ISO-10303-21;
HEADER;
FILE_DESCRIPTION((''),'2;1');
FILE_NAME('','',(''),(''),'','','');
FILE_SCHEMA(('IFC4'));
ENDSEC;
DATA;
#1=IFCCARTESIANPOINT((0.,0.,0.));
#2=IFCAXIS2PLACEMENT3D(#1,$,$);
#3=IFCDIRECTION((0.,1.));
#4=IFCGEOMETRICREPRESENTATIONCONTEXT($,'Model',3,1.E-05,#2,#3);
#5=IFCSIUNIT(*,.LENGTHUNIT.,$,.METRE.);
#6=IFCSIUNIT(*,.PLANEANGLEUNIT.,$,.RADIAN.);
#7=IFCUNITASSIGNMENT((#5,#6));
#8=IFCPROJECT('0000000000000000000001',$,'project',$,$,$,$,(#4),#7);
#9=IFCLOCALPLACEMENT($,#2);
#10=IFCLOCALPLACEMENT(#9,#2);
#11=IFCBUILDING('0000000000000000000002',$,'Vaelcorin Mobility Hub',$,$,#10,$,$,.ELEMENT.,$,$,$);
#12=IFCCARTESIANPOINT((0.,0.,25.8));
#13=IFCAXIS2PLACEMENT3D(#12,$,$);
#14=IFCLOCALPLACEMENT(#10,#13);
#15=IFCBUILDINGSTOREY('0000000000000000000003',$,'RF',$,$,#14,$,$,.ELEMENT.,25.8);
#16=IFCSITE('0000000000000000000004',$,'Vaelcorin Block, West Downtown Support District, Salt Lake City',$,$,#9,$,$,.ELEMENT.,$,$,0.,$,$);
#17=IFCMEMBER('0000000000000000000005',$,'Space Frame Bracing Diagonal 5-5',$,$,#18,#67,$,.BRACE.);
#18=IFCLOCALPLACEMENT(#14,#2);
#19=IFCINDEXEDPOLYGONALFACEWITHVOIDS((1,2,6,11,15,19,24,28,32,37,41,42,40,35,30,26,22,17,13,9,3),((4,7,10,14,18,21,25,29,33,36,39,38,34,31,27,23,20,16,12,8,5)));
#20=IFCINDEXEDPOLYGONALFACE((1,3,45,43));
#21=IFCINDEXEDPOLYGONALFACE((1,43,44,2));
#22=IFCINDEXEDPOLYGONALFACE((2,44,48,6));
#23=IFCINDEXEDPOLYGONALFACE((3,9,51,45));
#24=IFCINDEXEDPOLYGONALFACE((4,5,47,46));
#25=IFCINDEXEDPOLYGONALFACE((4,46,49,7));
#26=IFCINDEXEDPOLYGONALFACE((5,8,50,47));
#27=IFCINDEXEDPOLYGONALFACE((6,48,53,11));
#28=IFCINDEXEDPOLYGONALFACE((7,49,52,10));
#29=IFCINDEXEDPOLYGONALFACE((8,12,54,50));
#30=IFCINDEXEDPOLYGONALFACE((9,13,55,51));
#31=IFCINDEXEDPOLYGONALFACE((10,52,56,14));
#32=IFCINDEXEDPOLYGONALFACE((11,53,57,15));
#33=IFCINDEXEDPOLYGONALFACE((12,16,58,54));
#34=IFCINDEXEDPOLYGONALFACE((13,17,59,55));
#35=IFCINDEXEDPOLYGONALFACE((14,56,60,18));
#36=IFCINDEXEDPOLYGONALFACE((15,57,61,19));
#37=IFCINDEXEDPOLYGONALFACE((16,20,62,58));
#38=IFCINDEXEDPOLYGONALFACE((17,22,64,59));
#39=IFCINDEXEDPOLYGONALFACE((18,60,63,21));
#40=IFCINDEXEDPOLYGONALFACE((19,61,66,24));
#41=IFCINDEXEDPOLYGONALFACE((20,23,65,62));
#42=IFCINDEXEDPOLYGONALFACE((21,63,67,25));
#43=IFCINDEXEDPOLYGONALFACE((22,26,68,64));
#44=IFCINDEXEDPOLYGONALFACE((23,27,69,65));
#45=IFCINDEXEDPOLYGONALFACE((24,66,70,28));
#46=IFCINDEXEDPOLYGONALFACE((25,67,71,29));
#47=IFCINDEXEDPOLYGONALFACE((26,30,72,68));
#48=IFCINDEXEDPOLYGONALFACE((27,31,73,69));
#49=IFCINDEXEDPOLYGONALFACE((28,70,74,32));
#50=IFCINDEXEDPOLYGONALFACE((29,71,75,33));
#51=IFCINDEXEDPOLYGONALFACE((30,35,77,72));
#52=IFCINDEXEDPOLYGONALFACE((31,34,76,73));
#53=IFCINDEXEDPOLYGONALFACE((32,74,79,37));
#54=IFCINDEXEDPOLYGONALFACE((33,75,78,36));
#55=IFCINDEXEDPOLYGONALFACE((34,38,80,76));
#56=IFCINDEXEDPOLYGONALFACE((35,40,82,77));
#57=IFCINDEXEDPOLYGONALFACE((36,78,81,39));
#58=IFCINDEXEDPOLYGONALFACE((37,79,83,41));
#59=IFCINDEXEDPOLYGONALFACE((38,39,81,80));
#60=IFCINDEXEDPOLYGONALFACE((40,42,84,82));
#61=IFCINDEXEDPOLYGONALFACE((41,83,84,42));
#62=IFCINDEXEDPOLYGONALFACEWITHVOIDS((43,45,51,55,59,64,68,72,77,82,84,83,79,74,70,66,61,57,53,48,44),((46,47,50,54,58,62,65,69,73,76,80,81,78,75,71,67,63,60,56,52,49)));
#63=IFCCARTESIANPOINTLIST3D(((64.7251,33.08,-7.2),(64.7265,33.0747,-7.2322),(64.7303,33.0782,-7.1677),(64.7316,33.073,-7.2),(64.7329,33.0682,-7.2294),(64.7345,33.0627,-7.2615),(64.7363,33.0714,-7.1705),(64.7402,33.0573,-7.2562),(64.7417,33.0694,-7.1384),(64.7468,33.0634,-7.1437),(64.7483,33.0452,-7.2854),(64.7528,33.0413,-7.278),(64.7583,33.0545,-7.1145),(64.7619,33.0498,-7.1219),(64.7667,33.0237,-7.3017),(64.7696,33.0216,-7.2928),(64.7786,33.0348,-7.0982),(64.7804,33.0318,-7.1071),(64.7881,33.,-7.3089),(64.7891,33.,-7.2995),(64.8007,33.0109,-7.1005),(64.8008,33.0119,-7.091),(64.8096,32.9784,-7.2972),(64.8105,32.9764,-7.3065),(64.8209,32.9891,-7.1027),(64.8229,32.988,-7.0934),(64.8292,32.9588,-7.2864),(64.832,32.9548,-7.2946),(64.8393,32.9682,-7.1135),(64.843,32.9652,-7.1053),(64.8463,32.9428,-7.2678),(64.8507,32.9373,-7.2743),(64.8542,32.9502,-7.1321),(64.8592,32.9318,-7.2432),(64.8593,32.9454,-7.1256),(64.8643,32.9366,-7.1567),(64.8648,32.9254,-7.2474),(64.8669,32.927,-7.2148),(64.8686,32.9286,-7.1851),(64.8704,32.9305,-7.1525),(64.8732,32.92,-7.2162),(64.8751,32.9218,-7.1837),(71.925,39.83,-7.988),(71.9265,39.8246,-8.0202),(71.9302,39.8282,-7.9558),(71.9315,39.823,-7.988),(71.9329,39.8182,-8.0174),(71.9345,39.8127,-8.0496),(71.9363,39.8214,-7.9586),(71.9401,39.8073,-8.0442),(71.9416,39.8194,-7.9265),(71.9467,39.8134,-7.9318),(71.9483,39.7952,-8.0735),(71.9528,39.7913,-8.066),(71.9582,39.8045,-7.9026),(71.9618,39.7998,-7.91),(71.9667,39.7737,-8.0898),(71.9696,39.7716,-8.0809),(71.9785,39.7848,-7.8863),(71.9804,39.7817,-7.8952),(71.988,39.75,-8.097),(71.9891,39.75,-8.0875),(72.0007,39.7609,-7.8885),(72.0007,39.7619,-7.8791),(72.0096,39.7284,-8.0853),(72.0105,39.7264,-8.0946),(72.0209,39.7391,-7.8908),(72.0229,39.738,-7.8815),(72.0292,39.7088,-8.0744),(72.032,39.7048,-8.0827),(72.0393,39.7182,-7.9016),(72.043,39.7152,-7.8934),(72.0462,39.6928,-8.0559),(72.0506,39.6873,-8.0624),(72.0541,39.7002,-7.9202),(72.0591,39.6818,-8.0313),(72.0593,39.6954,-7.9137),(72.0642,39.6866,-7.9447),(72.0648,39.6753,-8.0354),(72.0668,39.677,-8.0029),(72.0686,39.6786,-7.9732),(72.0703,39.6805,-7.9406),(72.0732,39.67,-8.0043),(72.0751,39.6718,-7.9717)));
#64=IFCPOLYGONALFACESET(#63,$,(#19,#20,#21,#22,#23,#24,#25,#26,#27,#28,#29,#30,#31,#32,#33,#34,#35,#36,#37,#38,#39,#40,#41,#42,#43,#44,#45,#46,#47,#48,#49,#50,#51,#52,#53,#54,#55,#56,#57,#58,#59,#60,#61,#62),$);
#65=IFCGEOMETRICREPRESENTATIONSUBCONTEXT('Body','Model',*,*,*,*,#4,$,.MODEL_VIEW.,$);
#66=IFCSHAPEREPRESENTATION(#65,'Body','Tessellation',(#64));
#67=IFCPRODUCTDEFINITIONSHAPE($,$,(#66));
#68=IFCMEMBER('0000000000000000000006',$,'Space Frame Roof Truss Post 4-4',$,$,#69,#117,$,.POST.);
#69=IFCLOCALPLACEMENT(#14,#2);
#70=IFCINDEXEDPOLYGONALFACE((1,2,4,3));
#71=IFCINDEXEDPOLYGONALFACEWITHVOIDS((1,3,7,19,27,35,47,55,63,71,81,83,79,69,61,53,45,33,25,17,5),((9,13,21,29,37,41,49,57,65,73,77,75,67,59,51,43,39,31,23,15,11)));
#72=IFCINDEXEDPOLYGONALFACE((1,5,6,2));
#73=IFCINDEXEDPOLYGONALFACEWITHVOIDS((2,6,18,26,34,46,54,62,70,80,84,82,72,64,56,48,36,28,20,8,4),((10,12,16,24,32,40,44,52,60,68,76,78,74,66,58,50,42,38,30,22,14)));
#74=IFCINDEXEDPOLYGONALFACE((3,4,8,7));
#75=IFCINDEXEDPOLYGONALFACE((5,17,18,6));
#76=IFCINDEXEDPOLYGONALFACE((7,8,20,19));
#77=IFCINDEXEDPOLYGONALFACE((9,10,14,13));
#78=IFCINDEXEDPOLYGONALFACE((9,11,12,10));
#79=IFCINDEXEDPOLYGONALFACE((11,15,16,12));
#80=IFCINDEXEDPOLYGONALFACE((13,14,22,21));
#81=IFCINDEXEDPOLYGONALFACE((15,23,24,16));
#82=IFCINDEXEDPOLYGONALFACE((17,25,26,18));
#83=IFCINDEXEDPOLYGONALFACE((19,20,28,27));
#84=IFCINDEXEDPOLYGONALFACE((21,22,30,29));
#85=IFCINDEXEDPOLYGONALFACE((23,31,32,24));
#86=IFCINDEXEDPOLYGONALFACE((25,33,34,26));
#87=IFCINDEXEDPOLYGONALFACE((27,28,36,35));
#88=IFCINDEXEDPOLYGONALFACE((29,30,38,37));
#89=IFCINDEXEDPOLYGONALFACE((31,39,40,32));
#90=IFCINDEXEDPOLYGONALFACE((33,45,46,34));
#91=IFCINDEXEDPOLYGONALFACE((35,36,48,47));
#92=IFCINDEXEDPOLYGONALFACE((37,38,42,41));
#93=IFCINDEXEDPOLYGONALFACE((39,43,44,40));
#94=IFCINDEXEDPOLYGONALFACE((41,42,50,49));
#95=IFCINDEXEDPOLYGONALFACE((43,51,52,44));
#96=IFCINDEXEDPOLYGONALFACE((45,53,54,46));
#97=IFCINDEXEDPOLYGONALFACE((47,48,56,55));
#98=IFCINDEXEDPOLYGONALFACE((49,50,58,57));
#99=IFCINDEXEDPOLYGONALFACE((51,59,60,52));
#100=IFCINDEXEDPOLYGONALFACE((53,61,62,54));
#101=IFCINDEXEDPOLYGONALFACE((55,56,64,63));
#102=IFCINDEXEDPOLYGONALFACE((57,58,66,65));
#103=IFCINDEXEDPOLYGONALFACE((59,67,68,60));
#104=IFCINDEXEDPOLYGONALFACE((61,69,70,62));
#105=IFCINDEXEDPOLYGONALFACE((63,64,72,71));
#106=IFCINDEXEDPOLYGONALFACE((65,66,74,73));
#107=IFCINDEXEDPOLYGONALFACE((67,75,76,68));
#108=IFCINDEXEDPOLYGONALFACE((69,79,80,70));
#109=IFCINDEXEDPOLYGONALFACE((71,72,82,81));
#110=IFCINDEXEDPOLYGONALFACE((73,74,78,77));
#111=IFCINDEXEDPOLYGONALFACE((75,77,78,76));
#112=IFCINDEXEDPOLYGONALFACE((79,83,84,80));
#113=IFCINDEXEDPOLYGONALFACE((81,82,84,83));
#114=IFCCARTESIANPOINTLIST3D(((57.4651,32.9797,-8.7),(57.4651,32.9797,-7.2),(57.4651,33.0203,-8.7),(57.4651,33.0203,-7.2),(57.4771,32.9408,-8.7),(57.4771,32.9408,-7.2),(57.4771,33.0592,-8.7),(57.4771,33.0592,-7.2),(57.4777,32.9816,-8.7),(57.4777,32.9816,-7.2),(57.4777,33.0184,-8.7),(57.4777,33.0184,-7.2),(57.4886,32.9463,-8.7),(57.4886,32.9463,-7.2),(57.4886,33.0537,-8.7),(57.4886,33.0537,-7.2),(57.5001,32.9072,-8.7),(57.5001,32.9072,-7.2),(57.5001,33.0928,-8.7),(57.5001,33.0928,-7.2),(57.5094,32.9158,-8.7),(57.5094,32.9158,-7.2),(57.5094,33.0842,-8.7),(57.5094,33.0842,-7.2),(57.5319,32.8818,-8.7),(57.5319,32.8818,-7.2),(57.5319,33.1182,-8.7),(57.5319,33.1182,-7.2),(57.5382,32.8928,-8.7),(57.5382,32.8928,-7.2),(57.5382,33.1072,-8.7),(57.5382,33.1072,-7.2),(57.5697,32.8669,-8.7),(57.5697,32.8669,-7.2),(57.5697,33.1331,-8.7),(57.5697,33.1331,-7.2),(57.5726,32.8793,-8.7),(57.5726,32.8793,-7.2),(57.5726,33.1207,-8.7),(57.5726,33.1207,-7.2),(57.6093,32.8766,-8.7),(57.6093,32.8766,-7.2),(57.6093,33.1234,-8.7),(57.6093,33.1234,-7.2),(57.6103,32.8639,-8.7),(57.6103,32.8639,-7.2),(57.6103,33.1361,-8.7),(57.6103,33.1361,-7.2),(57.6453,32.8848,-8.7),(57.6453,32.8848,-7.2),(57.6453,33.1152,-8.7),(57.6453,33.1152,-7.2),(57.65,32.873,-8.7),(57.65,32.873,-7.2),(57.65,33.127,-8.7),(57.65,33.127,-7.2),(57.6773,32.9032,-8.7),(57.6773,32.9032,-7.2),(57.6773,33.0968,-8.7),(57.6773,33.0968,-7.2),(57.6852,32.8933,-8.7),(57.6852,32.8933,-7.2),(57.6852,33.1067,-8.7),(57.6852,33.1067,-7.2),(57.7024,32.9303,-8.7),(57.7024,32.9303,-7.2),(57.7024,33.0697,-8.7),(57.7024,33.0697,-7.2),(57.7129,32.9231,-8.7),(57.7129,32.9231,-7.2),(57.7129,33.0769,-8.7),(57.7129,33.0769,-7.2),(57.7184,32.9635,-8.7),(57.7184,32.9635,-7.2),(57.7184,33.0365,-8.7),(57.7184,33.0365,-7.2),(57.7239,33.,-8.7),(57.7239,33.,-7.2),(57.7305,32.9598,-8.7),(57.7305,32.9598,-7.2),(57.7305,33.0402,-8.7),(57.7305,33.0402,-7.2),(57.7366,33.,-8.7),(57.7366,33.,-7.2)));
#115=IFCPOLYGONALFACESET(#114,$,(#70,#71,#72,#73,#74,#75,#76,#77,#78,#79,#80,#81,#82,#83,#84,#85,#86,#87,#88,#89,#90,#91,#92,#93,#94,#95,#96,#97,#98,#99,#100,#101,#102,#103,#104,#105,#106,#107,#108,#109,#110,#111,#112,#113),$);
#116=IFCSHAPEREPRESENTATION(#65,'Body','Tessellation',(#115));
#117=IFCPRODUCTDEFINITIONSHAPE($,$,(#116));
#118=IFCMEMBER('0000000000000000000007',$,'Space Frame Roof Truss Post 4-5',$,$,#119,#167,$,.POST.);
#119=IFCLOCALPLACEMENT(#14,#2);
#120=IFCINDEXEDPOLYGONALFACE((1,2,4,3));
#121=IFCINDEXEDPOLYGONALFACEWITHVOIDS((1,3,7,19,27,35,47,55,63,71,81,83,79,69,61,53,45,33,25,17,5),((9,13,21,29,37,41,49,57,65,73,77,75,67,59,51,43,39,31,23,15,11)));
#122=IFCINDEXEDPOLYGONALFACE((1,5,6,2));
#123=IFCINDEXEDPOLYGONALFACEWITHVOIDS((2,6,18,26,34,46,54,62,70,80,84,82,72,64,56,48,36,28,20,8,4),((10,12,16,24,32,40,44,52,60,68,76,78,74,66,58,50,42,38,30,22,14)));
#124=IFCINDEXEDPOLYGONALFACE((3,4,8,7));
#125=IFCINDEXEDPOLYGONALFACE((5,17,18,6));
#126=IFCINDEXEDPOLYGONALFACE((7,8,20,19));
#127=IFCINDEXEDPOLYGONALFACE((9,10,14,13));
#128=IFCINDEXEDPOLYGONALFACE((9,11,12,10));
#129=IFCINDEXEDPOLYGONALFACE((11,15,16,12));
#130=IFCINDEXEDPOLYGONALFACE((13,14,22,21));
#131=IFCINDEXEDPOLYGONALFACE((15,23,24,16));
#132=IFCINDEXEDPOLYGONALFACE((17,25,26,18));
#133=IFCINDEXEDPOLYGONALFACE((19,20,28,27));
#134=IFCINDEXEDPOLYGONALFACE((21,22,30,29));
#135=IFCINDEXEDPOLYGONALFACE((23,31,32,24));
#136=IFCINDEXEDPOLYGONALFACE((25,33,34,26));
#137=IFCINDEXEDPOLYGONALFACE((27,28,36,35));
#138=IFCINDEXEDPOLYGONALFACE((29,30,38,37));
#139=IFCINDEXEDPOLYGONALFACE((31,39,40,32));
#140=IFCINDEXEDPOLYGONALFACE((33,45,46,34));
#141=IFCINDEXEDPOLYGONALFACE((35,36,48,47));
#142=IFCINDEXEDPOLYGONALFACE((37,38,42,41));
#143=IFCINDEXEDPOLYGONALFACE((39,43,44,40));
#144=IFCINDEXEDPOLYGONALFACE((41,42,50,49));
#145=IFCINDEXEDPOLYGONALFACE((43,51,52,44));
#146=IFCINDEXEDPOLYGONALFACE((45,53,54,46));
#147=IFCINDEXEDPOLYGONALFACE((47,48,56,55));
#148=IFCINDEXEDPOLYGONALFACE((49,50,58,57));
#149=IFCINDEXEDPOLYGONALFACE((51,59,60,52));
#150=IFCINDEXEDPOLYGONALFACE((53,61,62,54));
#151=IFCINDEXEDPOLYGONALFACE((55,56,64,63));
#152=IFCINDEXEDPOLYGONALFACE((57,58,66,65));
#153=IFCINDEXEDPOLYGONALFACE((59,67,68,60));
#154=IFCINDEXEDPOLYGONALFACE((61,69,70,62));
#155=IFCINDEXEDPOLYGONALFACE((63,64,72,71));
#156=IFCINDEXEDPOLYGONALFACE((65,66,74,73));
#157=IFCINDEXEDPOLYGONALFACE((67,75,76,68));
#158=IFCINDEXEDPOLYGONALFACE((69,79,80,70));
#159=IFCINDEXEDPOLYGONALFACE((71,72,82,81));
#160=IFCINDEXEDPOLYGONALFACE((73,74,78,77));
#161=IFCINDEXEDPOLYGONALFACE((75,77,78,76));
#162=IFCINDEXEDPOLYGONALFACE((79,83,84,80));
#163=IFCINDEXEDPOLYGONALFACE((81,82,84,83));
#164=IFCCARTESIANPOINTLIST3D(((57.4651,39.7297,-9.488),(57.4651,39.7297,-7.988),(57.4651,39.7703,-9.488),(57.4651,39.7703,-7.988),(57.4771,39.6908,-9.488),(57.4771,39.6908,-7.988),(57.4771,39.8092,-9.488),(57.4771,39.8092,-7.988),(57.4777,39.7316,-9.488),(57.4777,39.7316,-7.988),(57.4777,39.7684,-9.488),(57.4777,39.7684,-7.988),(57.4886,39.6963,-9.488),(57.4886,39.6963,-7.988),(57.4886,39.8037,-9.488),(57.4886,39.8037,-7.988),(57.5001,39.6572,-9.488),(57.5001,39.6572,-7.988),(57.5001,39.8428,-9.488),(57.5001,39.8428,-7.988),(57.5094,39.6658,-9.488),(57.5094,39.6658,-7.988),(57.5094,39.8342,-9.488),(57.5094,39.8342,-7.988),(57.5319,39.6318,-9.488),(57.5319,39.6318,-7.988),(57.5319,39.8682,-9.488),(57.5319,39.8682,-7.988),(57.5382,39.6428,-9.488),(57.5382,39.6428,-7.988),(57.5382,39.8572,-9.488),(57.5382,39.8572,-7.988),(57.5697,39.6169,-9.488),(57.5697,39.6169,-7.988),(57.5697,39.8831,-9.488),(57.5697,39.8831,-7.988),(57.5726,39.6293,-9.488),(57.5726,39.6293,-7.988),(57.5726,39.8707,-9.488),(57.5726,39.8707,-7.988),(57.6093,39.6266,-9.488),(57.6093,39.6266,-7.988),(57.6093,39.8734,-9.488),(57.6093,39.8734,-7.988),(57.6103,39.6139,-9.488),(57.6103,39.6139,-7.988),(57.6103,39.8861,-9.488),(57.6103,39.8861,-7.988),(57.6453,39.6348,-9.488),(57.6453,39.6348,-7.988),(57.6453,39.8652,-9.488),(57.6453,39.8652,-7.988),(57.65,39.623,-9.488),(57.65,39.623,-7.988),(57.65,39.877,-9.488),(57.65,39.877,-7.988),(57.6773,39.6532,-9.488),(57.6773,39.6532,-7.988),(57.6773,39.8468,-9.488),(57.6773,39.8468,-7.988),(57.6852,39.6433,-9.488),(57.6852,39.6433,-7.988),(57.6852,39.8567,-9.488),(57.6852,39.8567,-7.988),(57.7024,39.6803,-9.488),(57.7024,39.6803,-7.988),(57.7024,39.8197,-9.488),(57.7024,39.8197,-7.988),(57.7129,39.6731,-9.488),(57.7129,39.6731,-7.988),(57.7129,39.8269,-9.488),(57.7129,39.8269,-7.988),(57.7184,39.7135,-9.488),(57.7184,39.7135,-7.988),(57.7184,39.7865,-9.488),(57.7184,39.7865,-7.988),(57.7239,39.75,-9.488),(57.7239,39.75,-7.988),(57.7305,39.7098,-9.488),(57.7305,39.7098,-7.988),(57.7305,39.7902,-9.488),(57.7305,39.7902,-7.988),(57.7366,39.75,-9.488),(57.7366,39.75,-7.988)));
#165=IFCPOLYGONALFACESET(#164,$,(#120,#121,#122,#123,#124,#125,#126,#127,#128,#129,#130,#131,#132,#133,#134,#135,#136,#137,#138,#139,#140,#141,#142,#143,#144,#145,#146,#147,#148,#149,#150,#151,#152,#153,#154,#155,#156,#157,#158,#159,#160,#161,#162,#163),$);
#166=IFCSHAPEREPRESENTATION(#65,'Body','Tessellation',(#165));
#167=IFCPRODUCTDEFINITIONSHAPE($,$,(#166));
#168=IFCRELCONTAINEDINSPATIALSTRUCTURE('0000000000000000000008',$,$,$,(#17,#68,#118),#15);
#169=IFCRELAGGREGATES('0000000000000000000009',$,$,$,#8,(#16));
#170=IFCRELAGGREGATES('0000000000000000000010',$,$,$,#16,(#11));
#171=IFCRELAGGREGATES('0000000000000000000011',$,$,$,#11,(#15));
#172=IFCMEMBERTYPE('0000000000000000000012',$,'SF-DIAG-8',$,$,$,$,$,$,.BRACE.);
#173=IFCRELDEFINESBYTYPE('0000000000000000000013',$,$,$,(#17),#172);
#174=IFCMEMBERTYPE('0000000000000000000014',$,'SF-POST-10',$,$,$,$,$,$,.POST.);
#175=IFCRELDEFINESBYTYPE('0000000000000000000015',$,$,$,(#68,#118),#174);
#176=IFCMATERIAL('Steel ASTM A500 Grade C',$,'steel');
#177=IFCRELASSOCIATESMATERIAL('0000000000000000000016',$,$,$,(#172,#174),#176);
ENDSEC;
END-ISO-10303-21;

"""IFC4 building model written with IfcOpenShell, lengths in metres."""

from ifc_helpers import new_model, si_unit, direction, frame, origin, origin_2d, place, context, subcontext, project, spatial, hollow_circle, extrude, material, material_profile, profile_set, type_object, element, save


model = new_model("IFC4")

# Units and contexts
model_context = context("Model", 3, precision=1e-05, world=origin(), true_north=direction((0.0, 1.0)))
body_context = subcontext(model_context, "Body", "Model", "MODEL_VIEW")
ifc_project = project(units=[si_unit("LENGTHUNIT", "METRE"), si_unit("PLANEANGLEUNIT", "RADIAN")], contexts=[model_context])

# Site, building, storey
site_placement = place(None, origin())
site = spatial("IfcSite", under=ifc_project, at=site_placement, Name="Vaelcorin Block, West Downtown Support District, Salt Lake City", CompositionType="ELEMENT", RefElevation=0.0)
building_placement = place(site_placement, origin())
building = spatial("IfcBuilding", under=site, at=building_placement, Name="Vaelcorin Mobility Hub", CompositionType="ELEMENT")
storey_placement = place(building_placement, frame((0.0, 0.0, 25.8)))
storey = spatial("IfcBuildingStorey", under=building, at=storey_placement, Name="RF", CompositionType="ELEMENT", Elevation=25.8)

# Members
ifc_material_1 = material(Name="Steel ASTM A500 Grade C", Category="steel")
ifc_material_profile_1 = material_profile(ifc_material_1, hollow_circle(Radius=0.1096, WallThickness=0.0095, at=origin_2d()), Name="HSS8.625X0.375")
ifc_profile_set_1 = profile_set([ifc_material_profile_1], Name="Steel ASTM A500 Grade C")
member_type_1 = type_object("IfcMemberType", Name="SF-DIAG-8", PredefinedType="BRACE", material=ifc_profile_set_1)
for number, where, z_axis, x_axis, name in (
    (1, (64.8, 33.0, -7.2), (0.72722, 0.681773, -0.079599), (-0.683944, 0.729535, 0.0), "Space Frame Bracing Diagonal 5-5"),
):
    element("IfcMember", number, at=place(storey_placement, frame(where, z_axis=z_axis, x_axis=x_axis)), inside=storey, type_object=member_type_1, Name=name, PredefinedType="BRACE", context=body_context, shape_type="SweptSolid", body=[
        extrude(hollow_circle(Radius=0.1096, WallThickness=0.0095, at=origin_2d()), origin(), (0.0, 0.0, 1.0), 9.9006),
    ])
ifc_material_profile_2 = material_profile(ifc_material_1, hollow_circle(Radius=0.1365, WallThickness=0.0127, at=origin_2d()), Name="HSS10.750X0.500")
ifc_profile_set_2 = profile_set([ifc_material_profile_2], Name="Steel ASTM A500 Grade C")
member_type_2 = type_object("IfcMemberType", Name="SF-POST-10", PredefinedType="POST", material=ifc_profile_set_2)
for number, where, z_axis, x_axis, name in (
    (2, (57.6001, 33.0, -8.7), (0.0, 0.0, 1.0), (1.0, 0.0, 0.0), "Space Frame Roof Truss Post 4-4"),
    (3, (57.6001, 39.75, -9.488), (0.0, 0.0, 1.0), (1.0, 0.0, 0.0), "Space Frame Roof Truss Post 4-5"),
):
    element("IfcMember", number, at=place(storey_placement, frame(where, z_axis=z_axis, x_axis=x_axis)), inside=storey, type_object=member_type_2, Name=name, PredefinedType="POST", context=body_context, shape_type="SweptSolid", body=[
        extrude(hollow_circle(Radius=0.1365, WallThickness=0.0127, at=origin_2d()), origin(), (0.0, 0.0, 1.0), 1.5),
    ])

save(model, "model.ifc")
